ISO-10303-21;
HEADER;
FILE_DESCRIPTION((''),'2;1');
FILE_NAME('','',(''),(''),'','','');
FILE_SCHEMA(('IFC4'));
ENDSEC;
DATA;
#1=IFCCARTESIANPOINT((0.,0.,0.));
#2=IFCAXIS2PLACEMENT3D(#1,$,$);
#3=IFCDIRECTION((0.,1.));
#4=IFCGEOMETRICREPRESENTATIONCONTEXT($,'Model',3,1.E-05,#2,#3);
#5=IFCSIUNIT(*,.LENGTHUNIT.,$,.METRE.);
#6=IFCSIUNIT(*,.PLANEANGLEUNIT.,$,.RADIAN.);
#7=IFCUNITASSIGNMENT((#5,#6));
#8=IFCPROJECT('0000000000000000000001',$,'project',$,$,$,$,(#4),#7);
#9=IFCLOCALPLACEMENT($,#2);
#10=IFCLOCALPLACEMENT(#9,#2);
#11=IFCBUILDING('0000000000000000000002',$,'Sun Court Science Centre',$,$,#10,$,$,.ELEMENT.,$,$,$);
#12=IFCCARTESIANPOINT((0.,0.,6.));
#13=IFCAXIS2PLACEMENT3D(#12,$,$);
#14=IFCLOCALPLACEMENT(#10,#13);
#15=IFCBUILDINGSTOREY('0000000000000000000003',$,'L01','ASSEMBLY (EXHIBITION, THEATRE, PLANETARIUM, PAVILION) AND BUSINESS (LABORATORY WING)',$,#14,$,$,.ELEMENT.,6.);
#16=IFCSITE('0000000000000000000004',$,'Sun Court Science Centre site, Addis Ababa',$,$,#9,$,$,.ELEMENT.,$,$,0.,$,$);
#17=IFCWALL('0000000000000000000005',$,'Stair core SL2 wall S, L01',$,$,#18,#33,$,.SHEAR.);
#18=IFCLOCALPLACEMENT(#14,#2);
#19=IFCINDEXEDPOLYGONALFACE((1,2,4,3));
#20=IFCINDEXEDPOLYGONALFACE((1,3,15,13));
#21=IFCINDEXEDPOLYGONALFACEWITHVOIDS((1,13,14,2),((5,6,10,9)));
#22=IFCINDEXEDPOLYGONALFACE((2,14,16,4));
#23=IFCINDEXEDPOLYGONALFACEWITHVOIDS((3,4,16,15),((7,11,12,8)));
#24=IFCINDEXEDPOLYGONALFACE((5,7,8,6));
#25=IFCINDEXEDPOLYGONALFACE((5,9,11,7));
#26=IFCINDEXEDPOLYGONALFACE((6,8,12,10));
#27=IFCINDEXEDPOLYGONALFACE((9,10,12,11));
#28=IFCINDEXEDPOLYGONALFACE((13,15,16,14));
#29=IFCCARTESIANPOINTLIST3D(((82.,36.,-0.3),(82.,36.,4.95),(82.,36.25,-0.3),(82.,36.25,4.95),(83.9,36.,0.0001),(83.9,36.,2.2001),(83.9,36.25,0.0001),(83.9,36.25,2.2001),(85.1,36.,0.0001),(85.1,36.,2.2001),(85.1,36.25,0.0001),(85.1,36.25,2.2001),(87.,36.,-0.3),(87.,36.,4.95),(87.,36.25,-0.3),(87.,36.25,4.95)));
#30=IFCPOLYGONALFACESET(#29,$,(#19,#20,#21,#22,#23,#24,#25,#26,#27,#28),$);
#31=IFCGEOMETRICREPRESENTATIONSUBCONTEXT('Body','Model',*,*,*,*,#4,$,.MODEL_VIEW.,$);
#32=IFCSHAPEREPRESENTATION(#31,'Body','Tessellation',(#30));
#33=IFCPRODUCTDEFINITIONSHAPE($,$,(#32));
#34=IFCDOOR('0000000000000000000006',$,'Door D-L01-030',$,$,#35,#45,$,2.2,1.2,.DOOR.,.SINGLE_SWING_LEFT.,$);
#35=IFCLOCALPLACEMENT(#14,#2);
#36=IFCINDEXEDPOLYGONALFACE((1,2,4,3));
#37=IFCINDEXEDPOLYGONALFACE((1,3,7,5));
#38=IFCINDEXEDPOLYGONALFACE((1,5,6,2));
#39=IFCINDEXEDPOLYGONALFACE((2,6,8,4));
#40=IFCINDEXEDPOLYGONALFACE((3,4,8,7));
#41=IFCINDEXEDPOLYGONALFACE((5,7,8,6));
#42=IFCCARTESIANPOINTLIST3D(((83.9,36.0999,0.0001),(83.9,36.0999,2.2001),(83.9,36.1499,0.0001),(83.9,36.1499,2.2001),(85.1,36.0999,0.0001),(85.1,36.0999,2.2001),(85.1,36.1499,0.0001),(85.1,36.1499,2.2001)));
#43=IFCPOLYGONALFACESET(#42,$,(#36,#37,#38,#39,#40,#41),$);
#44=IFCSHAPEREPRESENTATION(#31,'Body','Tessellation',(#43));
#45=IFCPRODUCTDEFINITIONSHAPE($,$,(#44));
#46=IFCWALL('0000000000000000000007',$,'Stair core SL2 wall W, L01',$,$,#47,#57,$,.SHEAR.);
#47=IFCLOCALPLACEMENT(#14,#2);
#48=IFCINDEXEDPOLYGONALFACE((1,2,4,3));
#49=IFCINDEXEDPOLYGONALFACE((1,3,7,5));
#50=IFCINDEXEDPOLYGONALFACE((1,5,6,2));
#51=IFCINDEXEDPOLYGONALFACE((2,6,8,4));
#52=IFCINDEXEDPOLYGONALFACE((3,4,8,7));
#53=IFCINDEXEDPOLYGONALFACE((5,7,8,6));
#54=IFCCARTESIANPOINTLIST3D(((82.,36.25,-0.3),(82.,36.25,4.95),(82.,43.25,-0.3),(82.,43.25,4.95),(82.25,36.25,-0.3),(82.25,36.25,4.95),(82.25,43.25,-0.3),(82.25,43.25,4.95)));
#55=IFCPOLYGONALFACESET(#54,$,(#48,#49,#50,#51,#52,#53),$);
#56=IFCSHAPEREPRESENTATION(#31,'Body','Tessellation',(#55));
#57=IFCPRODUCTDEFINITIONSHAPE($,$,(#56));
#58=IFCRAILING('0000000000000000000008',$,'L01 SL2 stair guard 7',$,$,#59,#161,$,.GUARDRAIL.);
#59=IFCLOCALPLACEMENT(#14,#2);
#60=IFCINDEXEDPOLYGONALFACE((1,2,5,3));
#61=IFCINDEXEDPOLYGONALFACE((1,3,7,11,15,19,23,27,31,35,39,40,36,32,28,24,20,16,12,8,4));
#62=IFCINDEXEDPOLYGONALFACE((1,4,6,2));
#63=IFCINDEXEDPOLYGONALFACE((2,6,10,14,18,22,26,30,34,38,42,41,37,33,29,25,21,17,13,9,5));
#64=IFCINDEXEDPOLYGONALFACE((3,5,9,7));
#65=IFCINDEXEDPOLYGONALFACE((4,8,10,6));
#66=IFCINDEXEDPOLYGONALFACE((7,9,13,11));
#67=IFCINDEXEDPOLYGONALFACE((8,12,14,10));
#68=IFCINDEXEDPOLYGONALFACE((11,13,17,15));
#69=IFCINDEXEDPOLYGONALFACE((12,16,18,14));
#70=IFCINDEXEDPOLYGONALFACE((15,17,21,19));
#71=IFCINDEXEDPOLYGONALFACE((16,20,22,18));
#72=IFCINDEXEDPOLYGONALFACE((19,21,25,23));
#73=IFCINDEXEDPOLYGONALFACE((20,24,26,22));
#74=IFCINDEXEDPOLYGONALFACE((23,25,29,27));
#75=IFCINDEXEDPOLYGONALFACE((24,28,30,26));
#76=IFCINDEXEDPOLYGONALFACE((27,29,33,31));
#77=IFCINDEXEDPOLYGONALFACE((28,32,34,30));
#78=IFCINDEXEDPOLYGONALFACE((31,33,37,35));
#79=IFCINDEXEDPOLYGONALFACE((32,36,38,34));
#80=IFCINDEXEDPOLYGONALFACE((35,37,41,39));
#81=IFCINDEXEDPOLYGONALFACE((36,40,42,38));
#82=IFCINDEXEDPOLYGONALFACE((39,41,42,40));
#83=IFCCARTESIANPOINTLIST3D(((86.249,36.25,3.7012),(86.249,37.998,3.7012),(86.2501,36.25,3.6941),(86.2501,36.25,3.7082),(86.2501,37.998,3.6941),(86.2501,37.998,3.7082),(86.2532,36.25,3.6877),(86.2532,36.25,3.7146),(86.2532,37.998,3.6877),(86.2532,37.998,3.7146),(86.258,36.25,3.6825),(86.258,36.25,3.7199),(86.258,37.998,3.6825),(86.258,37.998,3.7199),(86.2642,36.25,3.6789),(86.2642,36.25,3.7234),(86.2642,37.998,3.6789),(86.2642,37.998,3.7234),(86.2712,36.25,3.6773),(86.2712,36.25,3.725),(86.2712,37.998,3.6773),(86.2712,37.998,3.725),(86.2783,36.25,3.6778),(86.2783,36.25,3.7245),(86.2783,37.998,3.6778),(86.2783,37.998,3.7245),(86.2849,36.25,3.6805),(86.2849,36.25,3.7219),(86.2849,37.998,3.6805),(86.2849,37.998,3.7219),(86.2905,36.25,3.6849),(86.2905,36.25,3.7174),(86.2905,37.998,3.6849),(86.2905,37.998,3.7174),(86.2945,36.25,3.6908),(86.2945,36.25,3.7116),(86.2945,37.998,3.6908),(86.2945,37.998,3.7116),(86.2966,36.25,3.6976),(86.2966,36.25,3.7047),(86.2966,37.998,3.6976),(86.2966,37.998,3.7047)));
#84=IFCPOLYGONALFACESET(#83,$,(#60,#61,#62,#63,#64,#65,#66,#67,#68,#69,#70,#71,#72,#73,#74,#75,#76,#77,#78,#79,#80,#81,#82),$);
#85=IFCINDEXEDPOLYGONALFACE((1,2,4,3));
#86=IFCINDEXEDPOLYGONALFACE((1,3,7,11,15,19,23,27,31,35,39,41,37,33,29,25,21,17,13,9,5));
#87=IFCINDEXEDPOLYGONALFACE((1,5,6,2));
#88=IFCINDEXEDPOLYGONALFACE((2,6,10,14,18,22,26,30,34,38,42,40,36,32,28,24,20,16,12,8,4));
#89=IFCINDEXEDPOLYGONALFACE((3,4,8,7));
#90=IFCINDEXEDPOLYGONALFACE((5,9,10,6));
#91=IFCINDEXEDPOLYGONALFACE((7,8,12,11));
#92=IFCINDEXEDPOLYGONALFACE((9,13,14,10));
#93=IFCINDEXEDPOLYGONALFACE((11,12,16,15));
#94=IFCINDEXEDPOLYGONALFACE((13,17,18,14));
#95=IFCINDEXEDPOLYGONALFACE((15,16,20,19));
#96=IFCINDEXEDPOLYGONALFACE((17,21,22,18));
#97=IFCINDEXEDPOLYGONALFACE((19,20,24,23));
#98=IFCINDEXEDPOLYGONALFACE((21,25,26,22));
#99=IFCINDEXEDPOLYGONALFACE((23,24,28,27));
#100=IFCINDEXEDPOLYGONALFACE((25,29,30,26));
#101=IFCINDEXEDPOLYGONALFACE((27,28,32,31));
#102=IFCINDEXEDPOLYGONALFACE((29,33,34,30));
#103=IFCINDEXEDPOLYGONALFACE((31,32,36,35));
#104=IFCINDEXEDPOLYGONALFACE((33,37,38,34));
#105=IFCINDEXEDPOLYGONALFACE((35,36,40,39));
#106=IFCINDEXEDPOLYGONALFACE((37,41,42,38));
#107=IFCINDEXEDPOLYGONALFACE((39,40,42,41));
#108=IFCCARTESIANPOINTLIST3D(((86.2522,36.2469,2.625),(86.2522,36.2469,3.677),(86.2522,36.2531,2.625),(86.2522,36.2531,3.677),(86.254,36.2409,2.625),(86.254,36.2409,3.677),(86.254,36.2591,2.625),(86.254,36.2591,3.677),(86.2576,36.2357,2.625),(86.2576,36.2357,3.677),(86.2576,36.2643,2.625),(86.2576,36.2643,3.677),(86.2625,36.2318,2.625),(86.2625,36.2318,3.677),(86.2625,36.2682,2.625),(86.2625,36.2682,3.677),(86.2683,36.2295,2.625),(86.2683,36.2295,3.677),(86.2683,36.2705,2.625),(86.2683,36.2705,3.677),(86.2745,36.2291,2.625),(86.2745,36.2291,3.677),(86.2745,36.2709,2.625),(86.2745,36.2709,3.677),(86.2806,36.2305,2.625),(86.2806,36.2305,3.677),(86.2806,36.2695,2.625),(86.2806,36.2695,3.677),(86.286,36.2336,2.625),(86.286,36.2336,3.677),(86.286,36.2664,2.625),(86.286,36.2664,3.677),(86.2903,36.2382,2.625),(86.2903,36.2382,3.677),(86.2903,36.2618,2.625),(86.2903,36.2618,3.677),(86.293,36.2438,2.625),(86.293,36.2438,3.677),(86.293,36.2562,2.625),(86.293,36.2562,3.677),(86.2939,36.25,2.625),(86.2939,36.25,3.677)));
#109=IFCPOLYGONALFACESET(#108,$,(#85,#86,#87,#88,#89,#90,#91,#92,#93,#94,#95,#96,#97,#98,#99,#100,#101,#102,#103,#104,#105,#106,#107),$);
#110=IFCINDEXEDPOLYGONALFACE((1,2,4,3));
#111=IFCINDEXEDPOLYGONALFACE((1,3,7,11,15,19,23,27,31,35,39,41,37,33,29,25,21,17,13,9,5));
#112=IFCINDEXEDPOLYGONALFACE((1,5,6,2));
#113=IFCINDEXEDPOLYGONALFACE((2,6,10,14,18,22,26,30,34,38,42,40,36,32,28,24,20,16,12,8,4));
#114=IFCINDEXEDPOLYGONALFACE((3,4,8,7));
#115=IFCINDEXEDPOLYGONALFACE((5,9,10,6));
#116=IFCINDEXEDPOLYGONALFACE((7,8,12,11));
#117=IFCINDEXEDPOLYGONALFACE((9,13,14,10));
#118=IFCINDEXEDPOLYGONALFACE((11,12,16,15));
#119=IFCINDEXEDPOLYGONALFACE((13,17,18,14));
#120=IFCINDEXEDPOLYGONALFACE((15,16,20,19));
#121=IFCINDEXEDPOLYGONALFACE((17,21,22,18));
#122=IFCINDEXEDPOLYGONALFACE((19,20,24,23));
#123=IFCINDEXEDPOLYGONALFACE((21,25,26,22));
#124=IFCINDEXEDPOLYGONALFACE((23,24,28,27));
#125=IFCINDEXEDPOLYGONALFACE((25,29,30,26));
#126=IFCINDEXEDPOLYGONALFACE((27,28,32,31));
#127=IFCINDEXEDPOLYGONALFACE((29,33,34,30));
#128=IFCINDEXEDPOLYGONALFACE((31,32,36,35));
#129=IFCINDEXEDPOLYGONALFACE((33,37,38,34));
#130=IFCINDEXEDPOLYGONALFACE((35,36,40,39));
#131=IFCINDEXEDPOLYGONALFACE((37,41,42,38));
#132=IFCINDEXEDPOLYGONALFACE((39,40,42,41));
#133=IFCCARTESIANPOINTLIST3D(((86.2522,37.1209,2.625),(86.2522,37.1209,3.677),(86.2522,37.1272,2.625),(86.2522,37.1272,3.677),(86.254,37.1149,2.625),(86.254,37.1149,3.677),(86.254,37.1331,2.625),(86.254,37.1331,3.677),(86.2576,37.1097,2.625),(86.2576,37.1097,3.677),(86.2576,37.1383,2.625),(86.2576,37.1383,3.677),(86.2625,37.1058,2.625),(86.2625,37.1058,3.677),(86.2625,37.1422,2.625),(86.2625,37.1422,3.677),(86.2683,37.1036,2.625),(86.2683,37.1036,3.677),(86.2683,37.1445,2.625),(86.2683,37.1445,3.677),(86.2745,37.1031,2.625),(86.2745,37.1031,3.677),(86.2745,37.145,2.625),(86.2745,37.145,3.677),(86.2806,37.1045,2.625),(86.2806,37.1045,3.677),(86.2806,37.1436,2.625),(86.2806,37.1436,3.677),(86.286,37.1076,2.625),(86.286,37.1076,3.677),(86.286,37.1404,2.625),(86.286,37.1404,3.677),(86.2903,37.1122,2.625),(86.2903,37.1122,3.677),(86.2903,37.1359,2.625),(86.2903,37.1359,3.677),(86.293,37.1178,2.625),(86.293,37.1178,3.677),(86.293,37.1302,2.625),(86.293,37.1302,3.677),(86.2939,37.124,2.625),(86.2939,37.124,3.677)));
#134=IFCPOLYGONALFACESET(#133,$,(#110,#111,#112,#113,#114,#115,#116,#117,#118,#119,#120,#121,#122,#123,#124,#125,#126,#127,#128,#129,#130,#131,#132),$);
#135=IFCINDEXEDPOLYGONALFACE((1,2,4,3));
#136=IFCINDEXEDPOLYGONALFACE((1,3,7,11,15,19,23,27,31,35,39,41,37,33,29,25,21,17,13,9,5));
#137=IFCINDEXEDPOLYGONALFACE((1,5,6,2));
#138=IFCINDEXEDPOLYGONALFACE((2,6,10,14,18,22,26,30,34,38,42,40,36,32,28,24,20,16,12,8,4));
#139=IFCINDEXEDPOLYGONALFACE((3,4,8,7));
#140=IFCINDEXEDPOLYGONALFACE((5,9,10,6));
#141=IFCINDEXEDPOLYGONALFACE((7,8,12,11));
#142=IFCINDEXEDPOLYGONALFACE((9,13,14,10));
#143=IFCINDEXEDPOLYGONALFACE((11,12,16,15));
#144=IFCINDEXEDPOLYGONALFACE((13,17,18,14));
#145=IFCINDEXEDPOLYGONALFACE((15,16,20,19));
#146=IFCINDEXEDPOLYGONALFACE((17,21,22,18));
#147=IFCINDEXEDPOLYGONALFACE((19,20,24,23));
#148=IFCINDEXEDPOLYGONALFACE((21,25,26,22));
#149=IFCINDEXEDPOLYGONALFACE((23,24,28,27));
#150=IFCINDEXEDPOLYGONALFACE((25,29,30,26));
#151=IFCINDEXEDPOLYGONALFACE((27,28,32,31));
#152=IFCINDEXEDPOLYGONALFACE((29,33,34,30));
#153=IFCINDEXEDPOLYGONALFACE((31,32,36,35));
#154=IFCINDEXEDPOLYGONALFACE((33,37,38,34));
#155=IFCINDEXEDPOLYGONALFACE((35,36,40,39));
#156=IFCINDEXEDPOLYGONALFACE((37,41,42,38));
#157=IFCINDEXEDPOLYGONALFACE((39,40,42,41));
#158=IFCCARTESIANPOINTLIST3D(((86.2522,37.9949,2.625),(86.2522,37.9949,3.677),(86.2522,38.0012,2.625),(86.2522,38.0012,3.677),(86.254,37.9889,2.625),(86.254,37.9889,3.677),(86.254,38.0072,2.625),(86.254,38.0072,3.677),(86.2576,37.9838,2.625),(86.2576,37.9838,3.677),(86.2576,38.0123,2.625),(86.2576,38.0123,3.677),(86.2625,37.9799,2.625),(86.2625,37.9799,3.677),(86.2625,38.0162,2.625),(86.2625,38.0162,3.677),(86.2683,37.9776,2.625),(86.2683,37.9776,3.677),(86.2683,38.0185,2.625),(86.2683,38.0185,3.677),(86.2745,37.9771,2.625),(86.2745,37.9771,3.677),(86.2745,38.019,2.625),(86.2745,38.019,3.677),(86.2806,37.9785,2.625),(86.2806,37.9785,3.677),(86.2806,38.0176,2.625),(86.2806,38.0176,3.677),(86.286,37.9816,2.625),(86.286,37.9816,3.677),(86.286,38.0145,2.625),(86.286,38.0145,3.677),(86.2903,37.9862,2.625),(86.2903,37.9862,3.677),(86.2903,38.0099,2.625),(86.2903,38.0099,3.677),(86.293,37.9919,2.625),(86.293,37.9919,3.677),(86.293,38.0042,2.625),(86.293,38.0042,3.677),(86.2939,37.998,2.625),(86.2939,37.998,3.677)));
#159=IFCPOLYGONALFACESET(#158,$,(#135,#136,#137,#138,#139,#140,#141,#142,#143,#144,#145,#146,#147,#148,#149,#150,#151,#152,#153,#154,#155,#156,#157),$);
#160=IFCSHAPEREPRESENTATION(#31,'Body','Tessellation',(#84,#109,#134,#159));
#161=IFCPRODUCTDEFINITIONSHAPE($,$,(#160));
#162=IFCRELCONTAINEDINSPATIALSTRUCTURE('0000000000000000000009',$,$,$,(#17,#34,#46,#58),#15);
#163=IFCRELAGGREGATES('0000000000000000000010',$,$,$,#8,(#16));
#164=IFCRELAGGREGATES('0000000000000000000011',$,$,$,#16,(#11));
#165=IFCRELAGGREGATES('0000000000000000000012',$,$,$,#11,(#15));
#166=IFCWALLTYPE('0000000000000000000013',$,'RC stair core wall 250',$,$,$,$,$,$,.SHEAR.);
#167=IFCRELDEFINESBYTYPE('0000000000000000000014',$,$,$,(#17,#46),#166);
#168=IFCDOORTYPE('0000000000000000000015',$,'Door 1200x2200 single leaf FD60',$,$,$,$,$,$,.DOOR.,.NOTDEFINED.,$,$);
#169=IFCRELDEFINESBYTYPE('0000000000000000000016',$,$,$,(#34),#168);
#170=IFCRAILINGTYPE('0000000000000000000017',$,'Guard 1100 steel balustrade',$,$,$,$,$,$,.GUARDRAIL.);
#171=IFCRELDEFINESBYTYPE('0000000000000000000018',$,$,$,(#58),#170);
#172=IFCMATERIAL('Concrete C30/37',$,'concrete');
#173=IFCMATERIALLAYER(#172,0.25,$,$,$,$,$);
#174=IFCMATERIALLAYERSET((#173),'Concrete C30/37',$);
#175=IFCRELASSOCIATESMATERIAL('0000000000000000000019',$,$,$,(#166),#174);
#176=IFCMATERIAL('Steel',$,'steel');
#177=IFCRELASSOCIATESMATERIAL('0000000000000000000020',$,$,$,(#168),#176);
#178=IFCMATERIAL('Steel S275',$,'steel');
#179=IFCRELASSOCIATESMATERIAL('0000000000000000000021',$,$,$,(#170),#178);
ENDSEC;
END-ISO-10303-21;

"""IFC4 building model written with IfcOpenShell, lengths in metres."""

from ifc_helpers import new_model, si_unit, direction, frame, frame_2d, origin, origin_2d, place, context, subcontext, project, spatial, rectangle, circle, extrude, material, layer, layer_set, type_object, element, fill, save


model = new_model("IFC4")

# Units and contexts
model_context = context("Model", 3, precision=1e-05, world=origin(), true_north=direction((0.0, 1.0)))
body_context = subcontext(model_context, "Body", "Model", "MODEL_VIEW")
ifc_project = project(units=[si_unit("LENGTHUNIT", "METRE"), si_unit("PLANEANGLEUNIT", "RADIAN")], contexts=[model_context])

# Site, building, storey
site_placement = place(None, origin())
site = spatial("IfcSite", under=ifc_project, at=site_placement, Name="Sun Court Science Centre site, Addis Ababa", CompositionType="ELEMENT", RefElevation=0.0)
building_placement = place(site_placement, origin())
building = spatial("IfcBuilding", under=site, at=building_placement, Name="Sun Court Science Centre", CompositionType="ELEMENT")
storey_placement = place(building_placement, frame((0.0, 0.0, 6.0)))
storey = spatial("IfcBuildingStorey", under=building, at=storey_placement, Name="L01", Description="ASSEMBLY (EXHIBITION, THEATRE, PLANETARIUM, PAVILION) AND BUSINESS (LABORATORY WING)", CompositionType="ELEMENT", Elevation=6.0)

# Wall, opening, door
ifc_material_1 = material(Name="Concrete C30/37", Category="concrete")
ifc_layer_1 = layer(ifc_material_1, 0.25)
ifc_layer_set_1 = layer_set([ifc_layer_1], Name="Concrete C30/37")
wall_type_1 = type_object("IfcWallType", Name="RC stair core wall 250", PredefinedType="SHEAR", material=ifc_layer_set_1)
wall_1_placement = place(storey_placement, frame((82.0, 36.125, -0.3), z_axis=(0.0, 0.0, 1.0), x_axis=(1.0, 0.0, 0.0)))
wall_1 = element("IfcWall", 1, at=wall_1_placement, inside=storey, type_object=wall_type_1, Name="Stair core SL2 wall S, L01", PredefinedType="SHEAR", context=body_context, shape_type="SweptSolid", body=[
    extrude(rectangle(XDim=5.0, YDim=0.25, at=frame_2d((2.5, 0.0))), origin(), (0.0, 0.0, 1.0), 5.25),
])
opening_1_placement = place(wall_1_placement, frame((1.8999, 0.0, 0.3)))
opening_1 = element("IfcOpeningElement", 2, at=opening_1_placement, cuts=wall_1, PredefinedType="OPENING", context=body_context, shape_type="SweptSolid", body=[
    extrude(rectangle(XDim=1.2, YDim=2.2, at=frame_2d((0.6001, 1.1001))), frame((0.0, 0.135, 0.0), z_axis=(0.0, -1.0, 0.0), x_axis=(1.0, 0.0, 0.0)), (0.0, 0.0, 1.0), 0.27),
])
ifc_material_2 = material(Name="Steel", Category="steel")
door_type_1 = type_object("IfcDoorType", Name="Door 1200x2200 single leaf FD60", OperationType="NOTDEFINED", PredefinedType="DOOR", material=ifc_material_2)
door_1_placement = place(opening_1_placement, origin())
door_1 = element("IfcDoor", 3, at=door_1_placement, inside=storey, type_object=door_type_1, Name="Door D-L01-030", OperationType="SINGLE_SWING_LEFT", OverallHeight=2.2, OverallWidth=1.2, PredefinedType="DOOR", context=body_context, shape_type="SweptSolid", body=[
    extrude(rectangle(XDim=1.2, YDim=2.2, at=frame_2d((0.6001, 1.1001))), frame((0.0, 0.0249, 0.0), z_axis=(0.0, -1.0, 0.0), x_axis=(1.0, 0.0, 0.0)), (0.0, 0.0, 1.0), 0.05),
])
fill(opening_1, door_1)

# Wall
wall_2_placement = place(storey_placement, frame((82.125, 36.25, -0.3), z_axis=(0.0, 0.0, 1.0), x_axis=(0.0, 1.0, 0.0)))
element("IfcWall", 4, at=wall_2_placement, inside=storey, type_object=wall_type_1, Name="Stair core SL2 wall W, L01", PredefinedType="SHEAR", context=body_context, shape_type="SweptSolid", body=[
    extrude(rectangle(XDim=7.0, YDim=0.25, at=frame_2d((3.5, 0.0))), origin(), (0.0, 0.0, 1.0), 5.25),
])

# Railing
ifc_material_3 = material(Name="Steel S275", Category="steel")
railing_type = type_object("IfcRailingType", Name="Guard 1100 steel balustrade", PredefinedType="GUARDRAIL", material=ifc_material_3)
for number, where, name in (
    (5, (86.2729, 36.25, 2.625), "L01 SL2 stair guard 7"),
):
    element("IfcRailing", number, at=place(storey_placement, frame(where)), inside=storey, type_object=railing_type, Name=name, PredefinedType="GUARDRAIL", context=body_context, shape_type="SweptSolid", body=[
        extrude(circle(Radius=0.0239, at=origin_2d()), frame((0.0, 0.0, 1.0762), z_axis=(0.0, 1.0, 0.0), x_axis=(-1.0, 0.0, 0.0)), (0.0, 0.0, 1.0), 1.748),
        extrude(circle(Radius=0.021, at=origin_2d()), origin(), (0.0, 0.0, 1.0), 1.052),
        extrude(circle(Radius=0.021, at=origin_2d()), frame((0.0, 0.874, 0.0)), (0.0, 0.0, 1.0), 1.052),
        extrude(circle(Radius=0.021, at=origin_2d()), frame((0.0, 1.748, 0.0)), (0.0, 0.0, 1.0), 1.052),
    ])

save(model, "model.ifc")
